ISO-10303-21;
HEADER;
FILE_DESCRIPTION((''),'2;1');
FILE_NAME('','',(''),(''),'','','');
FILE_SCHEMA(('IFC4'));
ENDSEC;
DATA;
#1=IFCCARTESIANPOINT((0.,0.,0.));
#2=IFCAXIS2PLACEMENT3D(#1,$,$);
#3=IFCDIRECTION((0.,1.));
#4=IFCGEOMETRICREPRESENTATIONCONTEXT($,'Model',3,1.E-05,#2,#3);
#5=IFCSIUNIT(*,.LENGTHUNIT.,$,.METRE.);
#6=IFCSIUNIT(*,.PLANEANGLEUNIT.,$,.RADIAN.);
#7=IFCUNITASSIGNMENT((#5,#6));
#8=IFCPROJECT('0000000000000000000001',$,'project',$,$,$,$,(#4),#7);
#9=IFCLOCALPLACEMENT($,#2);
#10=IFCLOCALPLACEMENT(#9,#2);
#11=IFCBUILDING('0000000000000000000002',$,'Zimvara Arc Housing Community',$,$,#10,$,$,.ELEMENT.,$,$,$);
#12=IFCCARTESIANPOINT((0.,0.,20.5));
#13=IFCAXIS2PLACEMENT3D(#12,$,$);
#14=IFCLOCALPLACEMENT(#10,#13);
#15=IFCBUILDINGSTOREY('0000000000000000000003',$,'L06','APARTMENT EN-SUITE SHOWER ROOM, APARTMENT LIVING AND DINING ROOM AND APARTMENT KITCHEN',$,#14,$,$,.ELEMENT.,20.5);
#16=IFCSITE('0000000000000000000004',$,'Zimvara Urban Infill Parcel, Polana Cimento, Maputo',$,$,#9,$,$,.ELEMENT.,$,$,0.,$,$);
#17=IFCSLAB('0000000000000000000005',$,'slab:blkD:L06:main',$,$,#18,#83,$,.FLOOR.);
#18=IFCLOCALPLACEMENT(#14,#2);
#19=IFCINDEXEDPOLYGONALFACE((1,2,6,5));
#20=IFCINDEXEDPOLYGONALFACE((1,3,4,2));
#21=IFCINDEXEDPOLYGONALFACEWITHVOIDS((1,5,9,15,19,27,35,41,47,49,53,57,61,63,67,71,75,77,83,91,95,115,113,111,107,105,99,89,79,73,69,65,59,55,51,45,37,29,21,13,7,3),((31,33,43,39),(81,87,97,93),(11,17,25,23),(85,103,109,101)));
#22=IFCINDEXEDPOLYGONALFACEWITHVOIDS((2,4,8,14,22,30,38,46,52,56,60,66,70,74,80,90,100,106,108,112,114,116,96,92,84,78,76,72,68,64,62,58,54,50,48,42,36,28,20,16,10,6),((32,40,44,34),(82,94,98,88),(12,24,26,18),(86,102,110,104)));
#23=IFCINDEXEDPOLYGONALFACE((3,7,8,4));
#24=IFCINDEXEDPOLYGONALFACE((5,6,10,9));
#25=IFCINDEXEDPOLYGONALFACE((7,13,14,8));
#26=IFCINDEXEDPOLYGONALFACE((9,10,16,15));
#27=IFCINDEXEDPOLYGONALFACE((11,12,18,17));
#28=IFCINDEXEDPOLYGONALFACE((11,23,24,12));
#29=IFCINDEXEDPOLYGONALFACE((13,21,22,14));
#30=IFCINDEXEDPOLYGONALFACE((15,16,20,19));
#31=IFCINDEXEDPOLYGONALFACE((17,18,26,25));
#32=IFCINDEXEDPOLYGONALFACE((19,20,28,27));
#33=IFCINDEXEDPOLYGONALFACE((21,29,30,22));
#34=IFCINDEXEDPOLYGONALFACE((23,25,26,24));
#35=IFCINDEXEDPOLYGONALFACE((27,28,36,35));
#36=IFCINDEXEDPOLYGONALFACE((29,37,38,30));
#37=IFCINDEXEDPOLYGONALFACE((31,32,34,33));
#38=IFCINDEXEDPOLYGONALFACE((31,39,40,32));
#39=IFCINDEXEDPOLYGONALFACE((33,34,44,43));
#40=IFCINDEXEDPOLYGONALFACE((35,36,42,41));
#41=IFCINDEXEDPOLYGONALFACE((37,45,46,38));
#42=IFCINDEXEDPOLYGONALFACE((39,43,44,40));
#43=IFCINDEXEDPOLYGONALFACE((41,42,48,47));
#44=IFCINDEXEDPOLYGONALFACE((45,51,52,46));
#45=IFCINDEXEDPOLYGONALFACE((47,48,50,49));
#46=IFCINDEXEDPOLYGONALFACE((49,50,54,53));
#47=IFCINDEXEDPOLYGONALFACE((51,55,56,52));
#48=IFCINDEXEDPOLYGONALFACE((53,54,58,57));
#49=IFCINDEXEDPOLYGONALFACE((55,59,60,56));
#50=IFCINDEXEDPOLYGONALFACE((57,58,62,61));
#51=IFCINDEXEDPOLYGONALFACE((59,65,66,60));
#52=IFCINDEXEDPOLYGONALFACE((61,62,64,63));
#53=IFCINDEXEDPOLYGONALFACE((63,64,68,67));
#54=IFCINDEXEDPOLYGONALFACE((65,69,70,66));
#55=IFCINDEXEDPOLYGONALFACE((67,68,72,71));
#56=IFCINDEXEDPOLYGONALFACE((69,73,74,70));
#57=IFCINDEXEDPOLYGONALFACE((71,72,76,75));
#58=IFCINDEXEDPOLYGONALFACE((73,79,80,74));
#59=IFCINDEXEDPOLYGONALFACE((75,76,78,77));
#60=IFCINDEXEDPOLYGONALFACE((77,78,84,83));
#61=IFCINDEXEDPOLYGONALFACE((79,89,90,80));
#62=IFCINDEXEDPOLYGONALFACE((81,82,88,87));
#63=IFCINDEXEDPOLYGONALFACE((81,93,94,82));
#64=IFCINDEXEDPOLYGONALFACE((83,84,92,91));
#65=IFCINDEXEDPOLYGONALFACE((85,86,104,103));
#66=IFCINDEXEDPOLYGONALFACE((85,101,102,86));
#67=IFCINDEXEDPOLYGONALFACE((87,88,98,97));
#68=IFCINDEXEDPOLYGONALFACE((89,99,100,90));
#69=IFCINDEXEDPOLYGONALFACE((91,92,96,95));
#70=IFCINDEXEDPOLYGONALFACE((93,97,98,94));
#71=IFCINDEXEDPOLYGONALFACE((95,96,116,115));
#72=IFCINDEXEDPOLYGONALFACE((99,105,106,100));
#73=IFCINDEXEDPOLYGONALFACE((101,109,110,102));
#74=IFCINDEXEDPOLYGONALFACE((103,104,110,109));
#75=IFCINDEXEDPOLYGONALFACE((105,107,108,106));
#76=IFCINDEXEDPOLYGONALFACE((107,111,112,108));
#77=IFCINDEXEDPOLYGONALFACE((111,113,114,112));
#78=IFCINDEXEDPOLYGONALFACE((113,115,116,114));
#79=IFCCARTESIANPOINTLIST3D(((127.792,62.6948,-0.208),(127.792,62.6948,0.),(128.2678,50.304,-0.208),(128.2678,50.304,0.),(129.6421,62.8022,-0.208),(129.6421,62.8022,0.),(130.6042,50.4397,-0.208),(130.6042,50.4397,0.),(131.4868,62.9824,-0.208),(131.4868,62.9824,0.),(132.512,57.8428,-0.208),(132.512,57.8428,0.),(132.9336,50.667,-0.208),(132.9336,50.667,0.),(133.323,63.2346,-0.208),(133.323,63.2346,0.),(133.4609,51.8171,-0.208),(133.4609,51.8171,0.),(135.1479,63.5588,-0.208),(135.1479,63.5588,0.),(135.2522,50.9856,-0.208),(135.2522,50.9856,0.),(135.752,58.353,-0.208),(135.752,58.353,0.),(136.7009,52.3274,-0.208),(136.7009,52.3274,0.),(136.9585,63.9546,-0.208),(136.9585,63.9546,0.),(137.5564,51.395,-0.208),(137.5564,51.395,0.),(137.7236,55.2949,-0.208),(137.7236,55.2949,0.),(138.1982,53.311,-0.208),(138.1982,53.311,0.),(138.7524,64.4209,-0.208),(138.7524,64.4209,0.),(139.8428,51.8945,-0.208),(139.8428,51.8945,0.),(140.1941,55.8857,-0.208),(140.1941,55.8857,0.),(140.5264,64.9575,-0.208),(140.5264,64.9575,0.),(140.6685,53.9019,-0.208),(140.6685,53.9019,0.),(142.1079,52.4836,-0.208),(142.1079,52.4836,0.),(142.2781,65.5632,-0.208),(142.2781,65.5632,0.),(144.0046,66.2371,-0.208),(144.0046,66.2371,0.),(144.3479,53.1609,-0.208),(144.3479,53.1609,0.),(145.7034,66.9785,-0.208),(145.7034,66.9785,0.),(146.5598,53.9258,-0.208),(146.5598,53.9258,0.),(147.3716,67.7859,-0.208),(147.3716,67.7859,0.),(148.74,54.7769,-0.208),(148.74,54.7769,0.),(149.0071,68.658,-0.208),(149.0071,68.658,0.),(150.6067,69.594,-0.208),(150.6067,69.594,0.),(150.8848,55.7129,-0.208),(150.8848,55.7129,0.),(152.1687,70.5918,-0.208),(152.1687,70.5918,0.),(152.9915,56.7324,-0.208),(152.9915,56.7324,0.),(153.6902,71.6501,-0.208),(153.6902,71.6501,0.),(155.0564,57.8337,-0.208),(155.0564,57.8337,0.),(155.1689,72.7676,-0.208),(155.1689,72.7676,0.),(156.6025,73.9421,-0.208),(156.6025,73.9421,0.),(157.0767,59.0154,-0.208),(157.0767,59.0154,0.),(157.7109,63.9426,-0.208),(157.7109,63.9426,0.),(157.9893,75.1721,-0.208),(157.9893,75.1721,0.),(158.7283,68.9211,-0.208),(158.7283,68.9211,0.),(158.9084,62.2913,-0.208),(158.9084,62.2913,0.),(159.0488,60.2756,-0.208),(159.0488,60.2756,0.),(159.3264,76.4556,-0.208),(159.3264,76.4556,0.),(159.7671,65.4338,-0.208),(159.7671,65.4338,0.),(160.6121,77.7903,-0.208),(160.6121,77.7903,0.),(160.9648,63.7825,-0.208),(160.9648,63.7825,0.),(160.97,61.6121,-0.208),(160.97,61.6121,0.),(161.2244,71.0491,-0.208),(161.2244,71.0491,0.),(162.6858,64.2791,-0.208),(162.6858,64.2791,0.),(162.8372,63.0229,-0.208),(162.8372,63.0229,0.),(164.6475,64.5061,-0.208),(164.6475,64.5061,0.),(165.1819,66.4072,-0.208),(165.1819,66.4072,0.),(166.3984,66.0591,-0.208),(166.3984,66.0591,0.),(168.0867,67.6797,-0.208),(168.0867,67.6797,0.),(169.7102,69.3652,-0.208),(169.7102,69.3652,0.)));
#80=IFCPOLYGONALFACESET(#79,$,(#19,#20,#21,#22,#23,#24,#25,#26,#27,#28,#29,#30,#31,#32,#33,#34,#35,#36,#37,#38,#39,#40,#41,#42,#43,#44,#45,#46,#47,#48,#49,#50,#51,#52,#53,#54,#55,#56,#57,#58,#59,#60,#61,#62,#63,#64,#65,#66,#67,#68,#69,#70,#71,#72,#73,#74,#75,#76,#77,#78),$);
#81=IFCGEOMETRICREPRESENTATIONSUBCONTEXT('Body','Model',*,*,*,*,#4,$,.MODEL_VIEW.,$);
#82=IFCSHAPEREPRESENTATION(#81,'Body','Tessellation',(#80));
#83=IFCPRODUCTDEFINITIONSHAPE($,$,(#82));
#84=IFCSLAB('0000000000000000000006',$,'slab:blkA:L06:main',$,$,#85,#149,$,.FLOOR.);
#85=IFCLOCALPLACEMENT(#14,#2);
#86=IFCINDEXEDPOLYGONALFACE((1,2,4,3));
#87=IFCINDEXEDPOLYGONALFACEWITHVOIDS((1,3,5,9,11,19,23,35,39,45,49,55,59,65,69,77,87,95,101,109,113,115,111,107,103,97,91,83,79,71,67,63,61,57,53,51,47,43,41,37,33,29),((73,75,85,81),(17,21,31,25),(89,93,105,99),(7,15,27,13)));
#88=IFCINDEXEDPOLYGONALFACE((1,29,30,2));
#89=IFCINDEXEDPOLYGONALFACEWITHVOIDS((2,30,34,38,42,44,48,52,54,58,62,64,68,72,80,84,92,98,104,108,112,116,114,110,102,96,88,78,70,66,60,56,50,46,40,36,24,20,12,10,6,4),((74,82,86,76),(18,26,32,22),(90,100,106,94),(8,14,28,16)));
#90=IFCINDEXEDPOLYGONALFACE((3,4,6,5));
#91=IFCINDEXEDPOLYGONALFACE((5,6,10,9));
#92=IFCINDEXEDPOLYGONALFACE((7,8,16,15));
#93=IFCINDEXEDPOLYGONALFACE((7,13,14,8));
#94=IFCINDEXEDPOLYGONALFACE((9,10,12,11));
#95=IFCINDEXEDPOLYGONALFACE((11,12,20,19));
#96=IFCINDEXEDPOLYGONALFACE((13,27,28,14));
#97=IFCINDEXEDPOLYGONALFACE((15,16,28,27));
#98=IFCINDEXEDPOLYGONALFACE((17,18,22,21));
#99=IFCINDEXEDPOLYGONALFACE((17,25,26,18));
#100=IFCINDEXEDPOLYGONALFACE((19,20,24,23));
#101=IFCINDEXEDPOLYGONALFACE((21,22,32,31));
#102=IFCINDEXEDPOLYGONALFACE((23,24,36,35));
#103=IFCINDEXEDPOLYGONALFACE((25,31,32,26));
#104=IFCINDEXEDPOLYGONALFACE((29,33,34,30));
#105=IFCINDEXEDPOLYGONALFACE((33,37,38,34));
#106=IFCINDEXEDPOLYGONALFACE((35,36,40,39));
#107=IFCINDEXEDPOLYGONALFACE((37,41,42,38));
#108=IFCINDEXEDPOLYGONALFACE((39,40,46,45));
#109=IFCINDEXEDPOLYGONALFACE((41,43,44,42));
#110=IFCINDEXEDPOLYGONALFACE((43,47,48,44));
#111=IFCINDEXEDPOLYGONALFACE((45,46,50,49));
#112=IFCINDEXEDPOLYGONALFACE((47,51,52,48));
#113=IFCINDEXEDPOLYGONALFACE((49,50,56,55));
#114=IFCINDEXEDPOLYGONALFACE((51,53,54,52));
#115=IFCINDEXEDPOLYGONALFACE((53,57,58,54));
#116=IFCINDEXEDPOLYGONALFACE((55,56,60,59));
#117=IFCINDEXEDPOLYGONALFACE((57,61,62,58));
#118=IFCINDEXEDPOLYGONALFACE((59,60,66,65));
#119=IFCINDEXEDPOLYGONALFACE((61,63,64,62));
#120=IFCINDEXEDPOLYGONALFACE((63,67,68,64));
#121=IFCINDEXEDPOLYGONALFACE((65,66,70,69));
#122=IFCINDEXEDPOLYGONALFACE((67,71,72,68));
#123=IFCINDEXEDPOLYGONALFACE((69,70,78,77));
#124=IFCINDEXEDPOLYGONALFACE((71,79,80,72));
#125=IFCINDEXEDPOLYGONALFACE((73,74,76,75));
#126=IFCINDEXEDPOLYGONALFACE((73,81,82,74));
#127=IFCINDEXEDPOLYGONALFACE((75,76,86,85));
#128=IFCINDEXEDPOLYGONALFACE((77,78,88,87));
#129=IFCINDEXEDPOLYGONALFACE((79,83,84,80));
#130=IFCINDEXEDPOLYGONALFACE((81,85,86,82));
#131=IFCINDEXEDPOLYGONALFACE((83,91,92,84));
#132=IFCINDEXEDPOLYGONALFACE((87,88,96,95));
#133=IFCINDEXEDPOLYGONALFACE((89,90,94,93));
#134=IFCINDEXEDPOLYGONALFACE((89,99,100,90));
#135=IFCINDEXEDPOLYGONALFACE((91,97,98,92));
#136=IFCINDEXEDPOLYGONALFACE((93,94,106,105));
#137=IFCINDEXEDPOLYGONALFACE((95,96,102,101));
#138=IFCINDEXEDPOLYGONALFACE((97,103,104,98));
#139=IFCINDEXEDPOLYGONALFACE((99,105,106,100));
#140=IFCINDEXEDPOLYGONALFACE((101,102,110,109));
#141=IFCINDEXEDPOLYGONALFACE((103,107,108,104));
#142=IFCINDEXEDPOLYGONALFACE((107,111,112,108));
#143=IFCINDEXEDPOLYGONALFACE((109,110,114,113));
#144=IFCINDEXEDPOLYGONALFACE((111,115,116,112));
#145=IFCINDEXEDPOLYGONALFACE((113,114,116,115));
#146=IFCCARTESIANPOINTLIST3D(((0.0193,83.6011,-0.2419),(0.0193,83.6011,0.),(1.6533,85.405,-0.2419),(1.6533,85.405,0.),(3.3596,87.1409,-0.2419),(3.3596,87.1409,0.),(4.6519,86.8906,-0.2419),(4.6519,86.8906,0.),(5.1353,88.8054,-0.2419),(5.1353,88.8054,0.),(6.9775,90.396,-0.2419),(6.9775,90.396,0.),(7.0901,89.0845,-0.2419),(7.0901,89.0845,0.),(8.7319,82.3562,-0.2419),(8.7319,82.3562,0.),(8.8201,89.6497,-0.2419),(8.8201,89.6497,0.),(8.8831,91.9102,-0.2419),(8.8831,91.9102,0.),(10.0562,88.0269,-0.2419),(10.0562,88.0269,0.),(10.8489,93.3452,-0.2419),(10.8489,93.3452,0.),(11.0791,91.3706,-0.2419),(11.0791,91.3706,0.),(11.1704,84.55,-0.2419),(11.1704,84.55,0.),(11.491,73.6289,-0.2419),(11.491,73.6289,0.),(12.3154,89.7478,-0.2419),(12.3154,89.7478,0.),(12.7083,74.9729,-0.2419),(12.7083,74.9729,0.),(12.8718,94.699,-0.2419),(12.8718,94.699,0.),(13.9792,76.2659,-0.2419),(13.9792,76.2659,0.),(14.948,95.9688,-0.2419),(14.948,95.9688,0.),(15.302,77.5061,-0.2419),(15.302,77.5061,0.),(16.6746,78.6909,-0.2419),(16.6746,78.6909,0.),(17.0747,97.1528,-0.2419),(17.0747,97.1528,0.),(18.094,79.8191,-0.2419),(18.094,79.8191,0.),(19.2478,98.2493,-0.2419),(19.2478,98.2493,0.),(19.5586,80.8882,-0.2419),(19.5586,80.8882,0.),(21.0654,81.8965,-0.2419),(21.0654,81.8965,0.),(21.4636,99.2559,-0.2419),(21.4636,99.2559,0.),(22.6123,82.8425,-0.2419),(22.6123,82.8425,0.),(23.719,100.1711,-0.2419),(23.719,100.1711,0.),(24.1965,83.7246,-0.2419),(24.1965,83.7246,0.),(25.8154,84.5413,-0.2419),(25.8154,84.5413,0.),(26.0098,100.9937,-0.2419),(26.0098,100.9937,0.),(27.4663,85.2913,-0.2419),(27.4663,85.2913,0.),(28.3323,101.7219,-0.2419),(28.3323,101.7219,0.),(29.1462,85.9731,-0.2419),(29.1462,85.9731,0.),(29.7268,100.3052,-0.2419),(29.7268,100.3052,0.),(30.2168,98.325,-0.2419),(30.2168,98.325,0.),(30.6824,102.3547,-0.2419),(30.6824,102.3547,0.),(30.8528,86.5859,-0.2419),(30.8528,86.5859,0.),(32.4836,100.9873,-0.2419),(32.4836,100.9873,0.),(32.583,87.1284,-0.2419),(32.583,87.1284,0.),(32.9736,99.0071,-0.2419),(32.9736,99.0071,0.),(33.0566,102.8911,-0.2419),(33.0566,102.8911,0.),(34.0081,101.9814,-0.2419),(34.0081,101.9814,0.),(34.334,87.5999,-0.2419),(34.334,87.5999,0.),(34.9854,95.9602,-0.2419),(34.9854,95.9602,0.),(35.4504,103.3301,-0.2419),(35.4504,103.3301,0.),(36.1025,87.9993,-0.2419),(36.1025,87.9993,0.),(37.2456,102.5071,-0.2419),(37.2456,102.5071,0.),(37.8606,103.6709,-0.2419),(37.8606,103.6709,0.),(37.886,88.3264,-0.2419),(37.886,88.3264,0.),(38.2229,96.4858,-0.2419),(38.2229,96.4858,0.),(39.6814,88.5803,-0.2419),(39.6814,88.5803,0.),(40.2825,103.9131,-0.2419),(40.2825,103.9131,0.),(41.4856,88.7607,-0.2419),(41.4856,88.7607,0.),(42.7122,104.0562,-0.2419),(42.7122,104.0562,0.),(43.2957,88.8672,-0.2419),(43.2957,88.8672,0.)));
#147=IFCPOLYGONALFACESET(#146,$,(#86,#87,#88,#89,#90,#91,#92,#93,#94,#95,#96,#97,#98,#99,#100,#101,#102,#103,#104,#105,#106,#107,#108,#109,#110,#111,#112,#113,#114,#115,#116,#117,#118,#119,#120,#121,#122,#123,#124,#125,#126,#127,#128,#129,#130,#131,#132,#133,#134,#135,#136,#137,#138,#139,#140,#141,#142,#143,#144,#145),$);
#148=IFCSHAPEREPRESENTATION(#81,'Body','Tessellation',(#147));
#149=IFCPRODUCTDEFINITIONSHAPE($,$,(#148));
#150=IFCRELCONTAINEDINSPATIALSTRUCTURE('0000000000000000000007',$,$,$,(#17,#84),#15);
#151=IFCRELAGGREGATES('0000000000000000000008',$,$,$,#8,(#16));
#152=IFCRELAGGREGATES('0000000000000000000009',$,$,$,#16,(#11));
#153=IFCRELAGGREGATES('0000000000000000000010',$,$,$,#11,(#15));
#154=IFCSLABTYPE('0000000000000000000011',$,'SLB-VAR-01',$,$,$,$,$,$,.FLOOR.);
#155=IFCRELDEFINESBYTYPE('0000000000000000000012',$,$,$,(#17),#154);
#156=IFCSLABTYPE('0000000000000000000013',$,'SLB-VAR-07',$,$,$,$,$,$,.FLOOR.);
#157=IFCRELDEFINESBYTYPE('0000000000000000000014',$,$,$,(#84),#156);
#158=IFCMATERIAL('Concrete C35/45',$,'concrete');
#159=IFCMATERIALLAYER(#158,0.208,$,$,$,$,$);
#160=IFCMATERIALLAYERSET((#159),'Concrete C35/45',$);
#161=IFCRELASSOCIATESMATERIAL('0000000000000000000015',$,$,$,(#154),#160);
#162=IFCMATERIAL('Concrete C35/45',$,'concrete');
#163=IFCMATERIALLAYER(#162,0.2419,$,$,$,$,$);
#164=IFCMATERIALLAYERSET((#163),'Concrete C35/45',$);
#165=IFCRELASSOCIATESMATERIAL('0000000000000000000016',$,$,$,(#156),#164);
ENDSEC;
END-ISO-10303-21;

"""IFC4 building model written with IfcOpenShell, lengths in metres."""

from ifc_helpers import new_model, si_unit, direction, frame, origin, place, context, subcontext, project, spatial, polyline, outline, extrude, material, layer, layer_set, type_object, element, save


model = new_model("IFC4")

# Units and contexts
model_context = context("Model", 3, precision=1e-05, world=origin(), true_north=direction((0.0, 1.0)))
body_context = subcontext(model_context, "Body", "Model", "MODEL_VIEW")
ifc_project = project(units=[si_unit("LENGTHUNIT", "METRE"), si_unit("PLANEANGLEUNIT", "RADIAN")], contexts=[model_context])

# Site, building, storey
site_placement = place(None, origin())
site = spatial("IfcSite", under=ifc_project, at=site_placement, Name="Zimvara Urban Infill Parcel, Polana Cimento, Maputo", CompositionType="ELEMENT", RefElevation=0.0)
building_placement = place(site_placement, origin())
building = spatial("IfcBuilding", under=site, at=building_placement, Name="Zimvara Arc Housing Community", CompositionType="ELEMENT")
storey_placement = place(building_placement, frame((0.0, 0.0, 20.5)))
storey = spatial("IfcBuildingStorey", under=building, at=storey_placement, Name="L06", Description="APARTMENT EN-SUITE SHOWER ROOM, APARTMENT LIVING AND DINING ROOM AND APARTMENT KITCHEN", CompositionType="ELEMENT", Elevation=20.5)

# Slabs
ifc_material_1 = material(Name="Concrete C35/45", Category="concrete")
ifc_layer_1 = layer(ifc_material_1, 0.208)
ifc_layer_set_1 = layer_set([ifc_layer_1], Name="Concrete C35/45")
slab_type_1 = type_object("IfcSlabType", Name="SLB-VAR-01", PredefinedType="FLOOR", material=ifc_layer_set_1)
slab_1_placement = place(storey_placement, frame((0.0, 0.0, -0.208)))
element("IfcSlab", 1, at=slab_1_placement, inside=storey, type_object=slab_type_1, Name="slab:blkD:L06:main", PredefinedType="FLOOR", context=body_context, shape_type="SweptSolid", body=[
    extrude(outline(polyline([(128.2678, 50.304), (130.6042, 50.4397), (132.9336, 50.667), (135.2522, 50.9856), (137.5564, 51.395), (139.8428, 51.8945), (142.1079, 52.4836), (144.3479, 53.1609), (146.5598, 53.9258), (148.74, 54.7769), (150.8848, 55.7129), (152.9915, 56.7324), (155.0564, 57.8337), (157.0767, 59.0154), (159.0488, 60.2756), (160.97, 61.6121), (162.8372, 63.0229), (164.6475, 64.5061), (166.3984, 66.0591), (168.0867, 67.6797), (169.7102, 69.3652), (160.6121, 77.7903), (159.3264, 76.4556), (157.9893, 75.1721), (156.6025, 73.9421), (155.1689, 72.7676), (153.6902, 71.6501), (152.1687, 70.5918), (150.6067, 69.594), (149.0071, 68.658), (147.3716, 67.7859), (145.7034, 66.9785), (144.0046, 66.2371), (142.2781, 65.5632), (140.5264, 64.9575), (138.7524, 64.4209), (136.9585, 63.9546), (135.1479, 63.5588), (133.323, 63.2346), (131.4868, 62.9824), (129.6421, 62.8022), (127.792, 62.6948), (128.2678, 50.304)]), holes=[polyline([(135.752, 58.353), (136.7009, 52.3274), (133.4609, 51.8171), (132.512, 57.8428), (135.752, 58.353)]), polyline([(161.2244, 71.0491), (165.1819, 66.4072), (162.6858, 64.2791), (158.7283, 68.9211), (161.2244, 71.0491)]), polyline([(140.1941, 55.8857), (140.6685, 53.9019), (138.1982, 53.311), (137.7236, 55.2949), (140.1941, 55.8857)]), polyline([(159.7671, 65.4338), (160.9648, 63.7825), (158.9084, 62.2913), (157.7109, 63.9426), (159.7671, 65.4338)])]), origin(), (0.0, 0.0, 1.0), 0.208),
])
ifc_material_2 = material(Name="Concrete C35/45", Category="concrete")
ifc_layer_2 = layer(ifc_material_2, 0.2419)
ifc_layer_set_2 = layer_set([ifc_layer_2], Name="Concrete C35/45")
slab_type_2 = type_object("IfcSlabType", Name="SLB-VAR-07", PredefinedType="FLOOR", material=ifc_layer_set_2)
slab_2_placement = place(storey_placement, frame((0.0, 0.0, -0.2419)))
element("IfcSlab", 2, at=slab_2_placement, inside=storey, type_object=slab_type_2, Name="slab:blkA:L06:main", PredefinedType="FLOOR", context=body_context, shape_type="SweptSolid", body=[
    extrude(outline(polyline([(11.491, 73.6289), (12.7083, 74.9729), (13.9792, 76.2659), (15.302, 77.5061), (16.6746, 78.6909), (18.094, 79.8191), (19.5586, 80.8882), (21.0654, 81.8965), (22.6123, 82.8425), (24.1965, 83.7246), (25.8154, 84.5413), (27.4663, 85.2913), (29.1462, 85.9731), (30.8528, 86.5859), (32.583, 87.1284), (34.334, 87.5999), (36.1025, 87.9993), (37.886, 88.3264), (39.6814, 88.5803), (41.4856, 88.7607), (43.2957, 88.8672), (42.7122, 104.0562), (40.2825, 103.9131), (37.8606, 103.6709), (35.4504, 103.3301), (33.0566, 102.8911), (30.6824, 102.3547), (28.3323, 101.7219), (26.0098, 100.9937), (23.719, 100.1711), (21.4636, 99.2559), (19.2478, 98.2493), (17.0747, 97.1528), (14.948, 95.9688), (12.8718, 94.699), (10.8489, 93.3452), (8.8831, 91.9102), (6.9775, 90.396), (5.1353, 88.8054), (3.3596, 87.1409), (1.6533, 85.405), (0.0193, 83.6011), (11.491, 73.6289)]), holes=[polyline([(8.7319, 82.3562), (4.6519, 86.8906), (7.0901, 89.0845), (11.1704, 84.55), (8.7319, 82.3562)]), polyline([(34.9854, 95.9602), (34.0081, 101.9814), (37.2456, 102.5071), (38.2229, 96.4858), (34.9854, 95.9602)]), polyline([(10.0562, 88.0269), (8.8201, 89.6497), (11.0791, 91.3706), (12.3154, 89.7478), (10.0562, 88.0269)]), polyline([(30.2168, 98.325), (29.7268, 100.3052), (32.4836, 100.9873), (32.9736, 99.0071), (30.2168, 98.325)])]), origin(), (0.0, 0.0, 1.0), 0.2419),
])

save(model, "model.ifc")
